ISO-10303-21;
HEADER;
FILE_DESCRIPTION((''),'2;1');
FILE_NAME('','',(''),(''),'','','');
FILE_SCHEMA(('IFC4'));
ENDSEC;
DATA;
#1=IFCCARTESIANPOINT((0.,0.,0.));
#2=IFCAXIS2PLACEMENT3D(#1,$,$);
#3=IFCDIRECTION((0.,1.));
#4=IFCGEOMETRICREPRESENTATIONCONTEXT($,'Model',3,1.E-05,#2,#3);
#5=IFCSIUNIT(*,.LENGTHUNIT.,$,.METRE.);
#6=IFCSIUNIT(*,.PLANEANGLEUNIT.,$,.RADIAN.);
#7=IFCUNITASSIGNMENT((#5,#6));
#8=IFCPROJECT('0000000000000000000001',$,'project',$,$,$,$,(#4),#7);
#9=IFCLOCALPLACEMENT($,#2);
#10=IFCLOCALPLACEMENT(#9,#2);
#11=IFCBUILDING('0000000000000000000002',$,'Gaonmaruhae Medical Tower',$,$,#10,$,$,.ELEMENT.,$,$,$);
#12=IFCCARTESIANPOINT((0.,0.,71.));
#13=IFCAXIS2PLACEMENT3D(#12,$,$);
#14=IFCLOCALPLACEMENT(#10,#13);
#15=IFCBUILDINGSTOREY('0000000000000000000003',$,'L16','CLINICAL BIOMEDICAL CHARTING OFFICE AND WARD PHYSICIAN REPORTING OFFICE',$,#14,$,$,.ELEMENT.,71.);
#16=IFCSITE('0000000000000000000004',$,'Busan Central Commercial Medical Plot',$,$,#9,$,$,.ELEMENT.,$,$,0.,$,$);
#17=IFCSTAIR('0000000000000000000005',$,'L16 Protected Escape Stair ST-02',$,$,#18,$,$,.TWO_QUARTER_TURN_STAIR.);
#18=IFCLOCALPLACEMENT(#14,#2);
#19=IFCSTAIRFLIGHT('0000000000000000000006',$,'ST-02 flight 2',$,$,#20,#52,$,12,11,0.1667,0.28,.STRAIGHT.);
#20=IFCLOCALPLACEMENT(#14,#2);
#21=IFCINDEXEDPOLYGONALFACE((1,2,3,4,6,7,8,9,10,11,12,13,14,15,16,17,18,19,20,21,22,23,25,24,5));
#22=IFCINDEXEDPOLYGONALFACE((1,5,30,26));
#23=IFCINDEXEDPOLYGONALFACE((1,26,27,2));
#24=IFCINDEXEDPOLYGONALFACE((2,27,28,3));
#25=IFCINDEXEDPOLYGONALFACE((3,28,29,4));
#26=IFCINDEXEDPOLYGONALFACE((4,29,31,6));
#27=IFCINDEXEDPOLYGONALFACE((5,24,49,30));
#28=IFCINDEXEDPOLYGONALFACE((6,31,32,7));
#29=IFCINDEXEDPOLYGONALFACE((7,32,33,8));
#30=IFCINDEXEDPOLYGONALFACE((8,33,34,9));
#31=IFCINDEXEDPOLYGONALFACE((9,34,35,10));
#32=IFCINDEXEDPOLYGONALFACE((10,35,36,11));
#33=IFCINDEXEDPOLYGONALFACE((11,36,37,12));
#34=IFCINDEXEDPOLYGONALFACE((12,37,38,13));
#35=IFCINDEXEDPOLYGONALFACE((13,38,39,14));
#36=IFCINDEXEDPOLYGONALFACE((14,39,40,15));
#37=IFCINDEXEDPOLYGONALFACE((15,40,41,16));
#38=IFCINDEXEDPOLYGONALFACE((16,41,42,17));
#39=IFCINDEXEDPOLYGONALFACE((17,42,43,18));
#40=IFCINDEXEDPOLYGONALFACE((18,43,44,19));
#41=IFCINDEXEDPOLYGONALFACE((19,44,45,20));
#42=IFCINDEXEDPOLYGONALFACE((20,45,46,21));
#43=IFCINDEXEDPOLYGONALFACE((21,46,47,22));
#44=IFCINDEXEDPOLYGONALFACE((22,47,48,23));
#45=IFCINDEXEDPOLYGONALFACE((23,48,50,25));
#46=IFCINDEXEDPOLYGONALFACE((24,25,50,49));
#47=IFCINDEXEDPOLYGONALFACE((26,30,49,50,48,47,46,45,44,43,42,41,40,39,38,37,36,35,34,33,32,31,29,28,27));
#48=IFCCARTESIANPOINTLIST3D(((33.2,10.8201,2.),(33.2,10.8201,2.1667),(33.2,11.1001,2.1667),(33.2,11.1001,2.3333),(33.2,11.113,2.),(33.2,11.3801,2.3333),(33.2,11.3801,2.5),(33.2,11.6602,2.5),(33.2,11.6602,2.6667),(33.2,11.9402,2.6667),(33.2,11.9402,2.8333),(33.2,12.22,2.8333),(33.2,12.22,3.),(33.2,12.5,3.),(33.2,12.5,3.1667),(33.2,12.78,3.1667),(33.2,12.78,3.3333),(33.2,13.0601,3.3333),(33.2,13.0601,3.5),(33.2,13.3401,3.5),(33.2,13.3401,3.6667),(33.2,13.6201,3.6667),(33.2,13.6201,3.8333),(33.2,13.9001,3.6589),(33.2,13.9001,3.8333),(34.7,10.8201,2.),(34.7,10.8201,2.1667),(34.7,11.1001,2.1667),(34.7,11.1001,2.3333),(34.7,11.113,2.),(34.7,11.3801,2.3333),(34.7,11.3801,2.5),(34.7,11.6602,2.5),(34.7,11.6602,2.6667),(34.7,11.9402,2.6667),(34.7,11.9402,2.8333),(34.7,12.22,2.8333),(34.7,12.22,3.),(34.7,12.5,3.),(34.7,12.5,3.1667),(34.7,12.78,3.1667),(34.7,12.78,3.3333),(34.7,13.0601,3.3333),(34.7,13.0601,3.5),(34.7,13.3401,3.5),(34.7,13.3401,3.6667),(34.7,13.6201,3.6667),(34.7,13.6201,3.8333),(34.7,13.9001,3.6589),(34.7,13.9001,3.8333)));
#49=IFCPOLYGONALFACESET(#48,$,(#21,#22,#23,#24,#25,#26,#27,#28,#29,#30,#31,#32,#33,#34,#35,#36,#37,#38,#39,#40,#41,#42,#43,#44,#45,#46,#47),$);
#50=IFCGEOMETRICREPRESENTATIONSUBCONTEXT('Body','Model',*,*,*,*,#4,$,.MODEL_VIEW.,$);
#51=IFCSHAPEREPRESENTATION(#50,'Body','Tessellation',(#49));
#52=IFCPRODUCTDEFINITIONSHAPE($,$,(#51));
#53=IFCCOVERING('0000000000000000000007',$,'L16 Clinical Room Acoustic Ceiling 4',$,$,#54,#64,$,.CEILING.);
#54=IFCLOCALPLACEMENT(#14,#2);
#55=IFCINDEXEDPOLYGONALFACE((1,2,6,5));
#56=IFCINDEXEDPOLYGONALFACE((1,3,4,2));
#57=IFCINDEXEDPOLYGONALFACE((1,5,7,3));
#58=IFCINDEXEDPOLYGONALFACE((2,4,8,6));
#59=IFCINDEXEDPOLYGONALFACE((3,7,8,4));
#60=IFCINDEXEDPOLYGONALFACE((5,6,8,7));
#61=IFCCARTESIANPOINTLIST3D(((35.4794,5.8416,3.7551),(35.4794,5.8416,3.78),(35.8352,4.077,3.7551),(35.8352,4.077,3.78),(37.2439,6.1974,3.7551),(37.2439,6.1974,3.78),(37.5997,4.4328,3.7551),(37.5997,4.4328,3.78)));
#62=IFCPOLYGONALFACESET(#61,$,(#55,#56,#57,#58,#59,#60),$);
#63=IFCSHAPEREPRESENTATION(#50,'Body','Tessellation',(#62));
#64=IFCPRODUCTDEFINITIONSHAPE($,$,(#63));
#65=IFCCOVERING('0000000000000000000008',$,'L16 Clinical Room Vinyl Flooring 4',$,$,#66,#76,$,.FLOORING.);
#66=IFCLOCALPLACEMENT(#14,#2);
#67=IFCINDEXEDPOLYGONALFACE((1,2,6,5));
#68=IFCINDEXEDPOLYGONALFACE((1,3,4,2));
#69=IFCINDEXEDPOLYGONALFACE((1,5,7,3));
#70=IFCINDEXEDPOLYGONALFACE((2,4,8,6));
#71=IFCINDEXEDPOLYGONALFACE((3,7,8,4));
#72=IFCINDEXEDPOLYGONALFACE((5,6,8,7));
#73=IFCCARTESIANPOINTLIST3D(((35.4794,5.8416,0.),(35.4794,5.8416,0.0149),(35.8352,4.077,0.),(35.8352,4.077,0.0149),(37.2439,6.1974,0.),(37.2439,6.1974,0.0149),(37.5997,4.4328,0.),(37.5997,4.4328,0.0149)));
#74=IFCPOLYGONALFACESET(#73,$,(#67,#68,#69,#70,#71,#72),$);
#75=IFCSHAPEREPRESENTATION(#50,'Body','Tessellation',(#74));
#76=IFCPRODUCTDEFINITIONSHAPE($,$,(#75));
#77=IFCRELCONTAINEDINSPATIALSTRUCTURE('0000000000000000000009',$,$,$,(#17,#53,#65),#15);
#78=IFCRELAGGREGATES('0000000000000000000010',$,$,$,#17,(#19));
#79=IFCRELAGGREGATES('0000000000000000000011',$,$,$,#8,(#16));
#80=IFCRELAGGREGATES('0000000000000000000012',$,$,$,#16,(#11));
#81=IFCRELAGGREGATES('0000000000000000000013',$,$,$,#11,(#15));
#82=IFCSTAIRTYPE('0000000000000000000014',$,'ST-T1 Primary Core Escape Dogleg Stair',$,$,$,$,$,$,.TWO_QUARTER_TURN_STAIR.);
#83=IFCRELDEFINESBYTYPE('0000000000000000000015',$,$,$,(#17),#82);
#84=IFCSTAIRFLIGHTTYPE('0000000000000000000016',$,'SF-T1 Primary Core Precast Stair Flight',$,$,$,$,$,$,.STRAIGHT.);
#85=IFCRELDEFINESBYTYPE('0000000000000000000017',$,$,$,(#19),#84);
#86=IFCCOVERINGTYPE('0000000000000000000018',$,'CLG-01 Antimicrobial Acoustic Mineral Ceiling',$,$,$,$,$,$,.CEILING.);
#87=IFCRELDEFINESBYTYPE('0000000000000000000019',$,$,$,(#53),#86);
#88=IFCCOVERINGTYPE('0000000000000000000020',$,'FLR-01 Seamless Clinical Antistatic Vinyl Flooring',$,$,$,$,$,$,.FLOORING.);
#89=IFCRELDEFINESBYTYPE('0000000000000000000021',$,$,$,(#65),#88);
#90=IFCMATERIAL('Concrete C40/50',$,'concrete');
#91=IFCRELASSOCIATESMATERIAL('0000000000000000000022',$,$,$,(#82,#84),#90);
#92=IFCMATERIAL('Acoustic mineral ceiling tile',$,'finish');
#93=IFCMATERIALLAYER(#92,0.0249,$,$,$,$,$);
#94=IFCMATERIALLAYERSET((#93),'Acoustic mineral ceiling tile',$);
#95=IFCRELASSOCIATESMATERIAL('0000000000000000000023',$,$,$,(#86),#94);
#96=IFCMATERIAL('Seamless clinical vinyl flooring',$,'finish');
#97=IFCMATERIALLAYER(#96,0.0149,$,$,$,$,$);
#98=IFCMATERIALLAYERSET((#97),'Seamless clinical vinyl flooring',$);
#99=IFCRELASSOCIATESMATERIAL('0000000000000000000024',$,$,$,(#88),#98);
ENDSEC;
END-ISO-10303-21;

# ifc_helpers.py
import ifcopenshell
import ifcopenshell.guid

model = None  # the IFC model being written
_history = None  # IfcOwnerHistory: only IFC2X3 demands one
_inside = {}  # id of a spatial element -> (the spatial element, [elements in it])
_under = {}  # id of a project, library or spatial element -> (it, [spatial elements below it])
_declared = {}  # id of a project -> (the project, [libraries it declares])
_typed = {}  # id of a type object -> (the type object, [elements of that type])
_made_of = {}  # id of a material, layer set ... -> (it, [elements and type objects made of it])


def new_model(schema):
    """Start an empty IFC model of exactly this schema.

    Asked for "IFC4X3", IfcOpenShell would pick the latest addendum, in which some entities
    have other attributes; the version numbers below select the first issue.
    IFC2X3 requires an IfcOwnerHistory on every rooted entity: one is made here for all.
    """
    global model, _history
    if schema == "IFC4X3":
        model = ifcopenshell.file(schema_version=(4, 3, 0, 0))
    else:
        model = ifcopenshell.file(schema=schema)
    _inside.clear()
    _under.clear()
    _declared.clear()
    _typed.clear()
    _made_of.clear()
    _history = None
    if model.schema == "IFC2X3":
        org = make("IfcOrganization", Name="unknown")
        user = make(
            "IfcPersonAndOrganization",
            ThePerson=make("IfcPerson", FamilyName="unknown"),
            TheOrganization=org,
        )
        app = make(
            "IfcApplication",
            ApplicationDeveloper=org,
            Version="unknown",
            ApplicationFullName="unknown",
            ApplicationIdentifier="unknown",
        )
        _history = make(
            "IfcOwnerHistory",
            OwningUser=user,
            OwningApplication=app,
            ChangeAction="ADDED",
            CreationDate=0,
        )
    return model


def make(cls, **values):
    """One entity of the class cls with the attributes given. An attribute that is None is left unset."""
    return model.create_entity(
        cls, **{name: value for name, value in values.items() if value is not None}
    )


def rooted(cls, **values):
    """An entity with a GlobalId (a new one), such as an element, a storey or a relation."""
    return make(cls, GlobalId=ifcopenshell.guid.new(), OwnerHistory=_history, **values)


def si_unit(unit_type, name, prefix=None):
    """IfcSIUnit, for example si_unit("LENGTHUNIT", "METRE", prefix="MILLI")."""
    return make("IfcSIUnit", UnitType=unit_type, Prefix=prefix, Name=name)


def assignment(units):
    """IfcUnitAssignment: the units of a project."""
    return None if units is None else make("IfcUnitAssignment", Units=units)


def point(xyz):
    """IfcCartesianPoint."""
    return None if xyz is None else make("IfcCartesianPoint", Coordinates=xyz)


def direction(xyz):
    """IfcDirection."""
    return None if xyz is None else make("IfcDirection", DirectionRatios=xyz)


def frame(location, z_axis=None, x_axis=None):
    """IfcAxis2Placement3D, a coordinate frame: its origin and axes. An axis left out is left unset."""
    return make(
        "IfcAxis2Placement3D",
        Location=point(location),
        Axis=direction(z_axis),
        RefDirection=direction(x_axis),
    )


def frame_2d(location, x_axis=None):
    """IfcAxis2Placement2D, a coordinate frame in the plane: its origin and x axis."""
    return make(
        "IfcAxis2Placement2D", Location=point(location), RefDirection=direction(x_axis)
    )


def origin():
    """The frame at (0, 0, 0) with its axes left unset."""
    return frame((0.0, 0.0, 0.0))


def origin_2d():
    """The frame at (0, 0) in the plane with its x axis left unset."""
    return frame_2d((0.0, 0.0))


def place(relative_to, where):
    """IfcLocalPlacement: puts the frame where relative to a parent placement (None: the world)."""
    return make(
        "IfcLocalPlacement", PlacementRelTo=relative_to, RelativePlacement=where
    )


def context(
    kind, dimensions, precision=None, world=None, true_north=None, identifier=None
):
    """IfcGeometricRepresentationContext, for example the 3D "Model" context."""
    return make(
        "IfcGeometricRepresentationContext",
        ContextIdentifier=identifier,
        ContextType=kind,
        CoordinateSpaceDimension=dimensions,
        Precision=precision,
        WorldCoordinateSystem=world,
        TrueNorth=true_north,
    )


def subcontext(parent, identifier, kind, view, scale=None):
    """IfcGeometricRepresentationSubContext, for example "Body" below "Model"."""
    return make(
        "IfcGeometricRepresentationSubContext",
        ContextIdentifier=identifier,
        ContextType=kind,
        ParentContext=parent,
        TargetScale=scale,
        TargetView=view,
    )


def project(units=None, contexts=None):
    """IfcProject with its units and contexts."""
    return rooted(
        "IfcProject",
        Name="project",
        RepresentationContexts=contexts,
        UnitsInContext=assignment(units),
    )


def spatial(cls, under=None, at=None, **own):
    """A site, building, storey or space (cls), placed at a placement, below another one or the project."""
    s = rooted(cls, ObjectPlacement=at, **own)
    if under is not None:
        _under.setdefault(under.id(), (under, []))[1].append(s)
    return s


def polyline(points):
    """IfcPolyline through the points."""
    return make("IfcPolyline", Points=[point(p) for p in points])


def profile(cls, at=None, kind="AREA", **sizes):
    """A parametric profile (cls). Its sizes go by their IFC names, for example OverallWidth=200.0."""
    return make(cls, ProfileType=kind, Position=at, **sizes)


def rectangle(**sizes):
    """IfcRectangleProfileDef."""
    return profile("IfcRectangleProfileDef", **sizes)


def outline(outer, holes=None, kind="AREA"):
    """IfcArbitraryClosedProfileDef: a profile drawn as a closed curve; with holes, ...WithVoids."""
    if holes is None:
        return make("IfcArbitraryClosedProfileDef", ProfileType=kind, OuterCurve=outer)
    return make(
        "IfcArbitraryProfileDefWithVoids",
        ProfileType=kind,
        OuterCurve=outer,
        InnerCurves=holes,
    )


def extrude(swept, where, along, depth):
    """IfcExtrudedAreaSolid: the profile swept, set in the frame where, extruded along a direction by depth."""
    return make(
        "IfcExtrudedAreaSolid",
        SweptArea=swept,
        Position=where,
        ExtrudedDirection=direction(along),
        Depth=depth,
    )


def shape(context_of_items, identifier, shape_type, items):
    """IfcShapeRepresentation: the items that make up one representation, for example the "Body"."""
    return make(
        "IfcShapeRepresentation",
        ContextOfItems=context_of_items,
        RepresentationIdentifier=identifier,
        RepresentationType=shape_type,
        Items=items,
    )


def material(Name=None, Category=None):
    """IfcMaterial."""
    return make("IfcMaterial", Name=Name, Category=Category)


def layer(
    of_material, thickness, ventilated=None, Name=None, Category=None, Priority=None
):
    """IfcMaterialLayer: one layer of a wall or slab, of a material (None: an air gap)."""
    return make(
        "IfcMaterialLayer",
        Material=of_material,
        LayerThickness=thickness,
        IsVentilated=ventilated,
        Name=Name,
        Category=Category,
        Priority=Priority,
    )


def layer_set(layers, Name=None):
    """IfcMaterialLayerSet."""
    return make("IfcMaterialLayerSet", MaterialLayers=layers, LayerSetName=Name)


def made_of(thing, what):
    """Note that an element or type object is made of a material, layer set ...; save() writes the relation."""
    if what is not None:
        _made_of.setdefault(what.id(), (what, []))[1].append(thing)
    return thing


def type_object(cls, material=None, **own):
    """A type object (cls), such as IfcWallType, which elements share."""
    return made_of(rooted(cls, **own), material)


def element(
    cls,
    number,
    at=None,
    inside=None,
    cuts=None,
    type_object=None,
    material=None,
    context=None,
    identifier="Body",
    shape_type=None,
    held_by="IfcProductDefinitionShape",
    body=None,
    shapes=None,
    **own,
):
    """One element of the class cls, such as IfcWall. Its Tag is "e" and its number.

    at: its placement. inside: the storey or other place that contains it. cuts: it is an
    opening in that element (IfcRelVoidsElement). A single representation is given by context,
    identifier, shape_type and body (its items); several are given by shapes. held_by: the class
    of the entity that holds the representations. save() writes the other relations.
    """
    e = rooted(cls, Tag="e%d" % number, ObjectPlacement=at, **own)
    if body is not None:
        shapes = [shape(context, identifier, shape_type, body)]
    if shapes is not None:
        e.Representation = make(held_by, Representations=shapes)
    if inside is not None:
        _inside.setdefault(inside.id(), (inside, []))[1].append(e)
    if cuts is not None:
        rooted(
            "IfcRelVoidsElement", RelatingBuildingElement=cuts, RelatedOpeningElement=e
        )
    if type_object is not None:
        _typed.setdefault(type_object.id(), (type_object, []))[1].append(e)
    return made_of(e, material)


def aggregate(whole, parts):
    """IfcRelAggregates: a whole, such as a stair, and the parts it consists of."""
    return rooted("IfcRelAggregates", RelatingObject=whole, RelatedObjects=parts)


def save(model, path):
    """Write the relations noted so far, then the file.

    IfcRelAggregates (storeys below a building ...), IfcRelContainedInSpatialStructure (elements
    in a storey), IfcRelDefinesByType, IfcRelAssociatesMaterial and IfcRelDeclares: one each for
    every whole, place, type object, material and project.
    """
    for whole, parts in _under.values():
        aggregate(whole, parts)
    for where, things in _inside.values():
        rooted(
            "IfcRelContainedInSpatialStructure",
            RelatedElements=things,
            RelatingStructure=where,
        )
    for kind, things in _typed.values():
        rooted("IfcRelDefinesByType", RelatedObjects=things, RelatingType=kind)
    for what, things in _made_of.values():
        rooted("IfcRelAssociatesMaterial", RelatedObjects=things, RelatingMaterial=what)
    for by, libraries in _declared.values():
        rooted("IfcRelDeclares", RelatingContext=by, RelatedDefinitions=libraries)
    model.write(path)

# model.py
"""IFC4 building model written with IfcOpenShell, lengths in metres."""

from ifc_helpers import new_model, si_unit, direction, frame, origin, origin_2d, place, context, subcontext, project, spatial, polyline, rectangle, outline, extrude, material, layer, layer_set, type_object, element, aggregate, save


model = new_model("IFC4")

# Units and contexts
model_context = context("Model", 3, precision=1e-05, world=origin(), true_north=direction((0.0, 1.0)))
body_context = subcontext(model_context, "Body", "Model", "MODEL_VIEW")
ifc_project = project(units=[si_unit("LENGTHUNIT", "METRE"), si_unit("PLANEANGLEUNIT", "RADIAN")], contexts=[model_context])

# Site, building, storey
site_placement = place(None, origin())
site = spatial("IfcSite", under=ifc_project, at=site_placement, Name="Busan Central Commercial Medical Plot", CompositionType="ELEMENT", RefElevation=0.0)
building_placement = place(site_placement, origin())
building = spatial("IfcBuilding", under=site, at=building_placement, Name="Gaonmaruhae Medical Tower", CompositionType="ELEMENT")
storey_placement = place(building_placement, frame((0.0, 0.0, 71.0)))
storey = spatial("IfcBuildingStorey", under=building, at=storey_placement, Name="L16", Description="CLINICAL BIOMEDICAL CHARTING OFFICE AND WARD PHYSICIAN REPORTING OFFICE", CompositionType="ELEMENT", Elevation=71.0)

# Stair, stair flight
ifc_material_1 = material(Name="Concrete C40/50", Category="concrete")
stair_type = type_object("IfcStairType", Name="ST-T1 Primary Core Escape Dogleg Stair", PredefinedType="TWO_QUARTER_TURN_STAIR", material=ifc_material_1)
stair_placement = place(storey_placement, origin())
stair = element("IfcStair", 1, at=stair_placement, inside=storey, type_object=stair_type, Name="L16 Protected Escape Stair ST-02", PredefinedType="TWO_QUARTER_TURN_STAIR")
stair_flight_type = type_object("IfcStairFlightType", Name="SF-T1 Primary Core Precast Stair Flight", PredefinedType="STRAIGHT", material=ifc_material_1)
stair_flight_placement = place(storey_placement, frame((33.95, 10.8201, 2.0), z_axis=(0.0, 0.0, 1.0), x_axis=(0.0, 1.0, 0.0)))
stair_flight = element("IfcStairFlight", 2, at=stair_flight_placement, type_object=stair_flight_type, Name="ST-02 flight 2", NumberOfRisers=12, NumberOfTreads=11, PredefinedType="STRAIGHT", RiserHeight=0.1667, TreadLength=0.28, context=body_context, shape_type="SweptSolid", body=[
    extrude(outline(polyline([(0.0, 0.0), (0.0, 0.1667), (0.28, 0.1667), (0.28, 0.3333), (0.5601, 0.3333), (0.5601, 0.5), (0.8401, 0.5), (0.8401, 0.6667), (1.1201, 0.6667), (1.1201, 0.8333), (1.3999, 0.8333), (1.3999, 1.0), (1.6799, 1.0), (1.6799, 1.1667), (1.96, 1.1667), (1.96, 1.3333), (2.24, 1.3333), (2.24, 1.5), (2.52, 1.5), (2.52, 1.6667), (2.8, 1.6667), (2.8, 1.8333), (3.0801, 1.8333), (3.0801, 2.0), (3.0801, 1.6589), (0.293, 0.0), (0.0, 0.0)])), frame((0.0, 0.75, 0.0), z_axis=(0.0, -1.0, 0.0), x_axis=(1.0, 0.0, 0.0)), (0.0, 0.0, 1.0), 1.5),
])
aggregate(stair, [stair_flight])

# Coverings
ifc_material_2 = material(Name="Acoustic mineral ceiling tile", Category="finish")
ifc_layer_1 = layer(ifc_material_2, 0.0249)
ifc_layer_set_1 = layer_set([ifc_layer_1], Name="Acoustic mineral ceiling tile")
covering_type_1 = type_object("IfcCoveringType", Name="CLG-01 Antimicrobial Acoustic Mineral Ceiling", PredefinedType="CEILING", material=ifc_layer_set_1)
covering_1_placement = place(storey_placement, frame((36.5396, 5.1372, 3.7551), z_axis=(0.0, 0.0, 1.0), x_axis=(0.980271, 0.197657, 0.0)))
element("IfcCovering", 3, at=covering_1_placement, inside=storey, type_object=covering_type_1, Name="L16 Clinical Room Acoustic Ceiling 4", PredefinedType="CEILING", context=body_context, shape_type="SweptSolid", body=[
    extrude(rectangle(XDim=1.8, YDim=1.8, at=origin_2d()), origin(), (0.0, 0.0, 1.0), 0.0249),
])
ifc_material_3 = material(Name="Seamless clinical vinyl flooring", Category="finish")
ifc_layer_2 = layer(ifc_material_3, 0.0149)
ifc_layer_set_2 = layer_set([ifc_layer_2], Name="Seamless clinical vinyl flooring")
covering_type_2 = type_object("IfcCoveringType", Name="FLR-01 Seamless Clinical Antistatic Vinyl Flooring", PredefinedType="FLOORING", material=ifc_layer_set_2)
covering_2_placement = place(storey_placement, frame((36.5396, 5.1372, 0.0), z_axis=(0.0, 0.0, 1.0), x_axis=(0.980271, 0.197657, 0.0)))
element("IfcCovering", 4, at=covering_2_placement, inside=storey, type_object=covering_type_2, Name="L16 Clinical Room Vinyl Flooring 4", PredefinedType="FLOORING", context=body_context, shape_type="SweptSolid", body=[
    extrude(rectangle(XDim=1.8, YDim=1.8, at=origin_2d()), origin(), (0.0, 0.0, 1.0), 0.0149),
])

save(model, "model.ifc")
